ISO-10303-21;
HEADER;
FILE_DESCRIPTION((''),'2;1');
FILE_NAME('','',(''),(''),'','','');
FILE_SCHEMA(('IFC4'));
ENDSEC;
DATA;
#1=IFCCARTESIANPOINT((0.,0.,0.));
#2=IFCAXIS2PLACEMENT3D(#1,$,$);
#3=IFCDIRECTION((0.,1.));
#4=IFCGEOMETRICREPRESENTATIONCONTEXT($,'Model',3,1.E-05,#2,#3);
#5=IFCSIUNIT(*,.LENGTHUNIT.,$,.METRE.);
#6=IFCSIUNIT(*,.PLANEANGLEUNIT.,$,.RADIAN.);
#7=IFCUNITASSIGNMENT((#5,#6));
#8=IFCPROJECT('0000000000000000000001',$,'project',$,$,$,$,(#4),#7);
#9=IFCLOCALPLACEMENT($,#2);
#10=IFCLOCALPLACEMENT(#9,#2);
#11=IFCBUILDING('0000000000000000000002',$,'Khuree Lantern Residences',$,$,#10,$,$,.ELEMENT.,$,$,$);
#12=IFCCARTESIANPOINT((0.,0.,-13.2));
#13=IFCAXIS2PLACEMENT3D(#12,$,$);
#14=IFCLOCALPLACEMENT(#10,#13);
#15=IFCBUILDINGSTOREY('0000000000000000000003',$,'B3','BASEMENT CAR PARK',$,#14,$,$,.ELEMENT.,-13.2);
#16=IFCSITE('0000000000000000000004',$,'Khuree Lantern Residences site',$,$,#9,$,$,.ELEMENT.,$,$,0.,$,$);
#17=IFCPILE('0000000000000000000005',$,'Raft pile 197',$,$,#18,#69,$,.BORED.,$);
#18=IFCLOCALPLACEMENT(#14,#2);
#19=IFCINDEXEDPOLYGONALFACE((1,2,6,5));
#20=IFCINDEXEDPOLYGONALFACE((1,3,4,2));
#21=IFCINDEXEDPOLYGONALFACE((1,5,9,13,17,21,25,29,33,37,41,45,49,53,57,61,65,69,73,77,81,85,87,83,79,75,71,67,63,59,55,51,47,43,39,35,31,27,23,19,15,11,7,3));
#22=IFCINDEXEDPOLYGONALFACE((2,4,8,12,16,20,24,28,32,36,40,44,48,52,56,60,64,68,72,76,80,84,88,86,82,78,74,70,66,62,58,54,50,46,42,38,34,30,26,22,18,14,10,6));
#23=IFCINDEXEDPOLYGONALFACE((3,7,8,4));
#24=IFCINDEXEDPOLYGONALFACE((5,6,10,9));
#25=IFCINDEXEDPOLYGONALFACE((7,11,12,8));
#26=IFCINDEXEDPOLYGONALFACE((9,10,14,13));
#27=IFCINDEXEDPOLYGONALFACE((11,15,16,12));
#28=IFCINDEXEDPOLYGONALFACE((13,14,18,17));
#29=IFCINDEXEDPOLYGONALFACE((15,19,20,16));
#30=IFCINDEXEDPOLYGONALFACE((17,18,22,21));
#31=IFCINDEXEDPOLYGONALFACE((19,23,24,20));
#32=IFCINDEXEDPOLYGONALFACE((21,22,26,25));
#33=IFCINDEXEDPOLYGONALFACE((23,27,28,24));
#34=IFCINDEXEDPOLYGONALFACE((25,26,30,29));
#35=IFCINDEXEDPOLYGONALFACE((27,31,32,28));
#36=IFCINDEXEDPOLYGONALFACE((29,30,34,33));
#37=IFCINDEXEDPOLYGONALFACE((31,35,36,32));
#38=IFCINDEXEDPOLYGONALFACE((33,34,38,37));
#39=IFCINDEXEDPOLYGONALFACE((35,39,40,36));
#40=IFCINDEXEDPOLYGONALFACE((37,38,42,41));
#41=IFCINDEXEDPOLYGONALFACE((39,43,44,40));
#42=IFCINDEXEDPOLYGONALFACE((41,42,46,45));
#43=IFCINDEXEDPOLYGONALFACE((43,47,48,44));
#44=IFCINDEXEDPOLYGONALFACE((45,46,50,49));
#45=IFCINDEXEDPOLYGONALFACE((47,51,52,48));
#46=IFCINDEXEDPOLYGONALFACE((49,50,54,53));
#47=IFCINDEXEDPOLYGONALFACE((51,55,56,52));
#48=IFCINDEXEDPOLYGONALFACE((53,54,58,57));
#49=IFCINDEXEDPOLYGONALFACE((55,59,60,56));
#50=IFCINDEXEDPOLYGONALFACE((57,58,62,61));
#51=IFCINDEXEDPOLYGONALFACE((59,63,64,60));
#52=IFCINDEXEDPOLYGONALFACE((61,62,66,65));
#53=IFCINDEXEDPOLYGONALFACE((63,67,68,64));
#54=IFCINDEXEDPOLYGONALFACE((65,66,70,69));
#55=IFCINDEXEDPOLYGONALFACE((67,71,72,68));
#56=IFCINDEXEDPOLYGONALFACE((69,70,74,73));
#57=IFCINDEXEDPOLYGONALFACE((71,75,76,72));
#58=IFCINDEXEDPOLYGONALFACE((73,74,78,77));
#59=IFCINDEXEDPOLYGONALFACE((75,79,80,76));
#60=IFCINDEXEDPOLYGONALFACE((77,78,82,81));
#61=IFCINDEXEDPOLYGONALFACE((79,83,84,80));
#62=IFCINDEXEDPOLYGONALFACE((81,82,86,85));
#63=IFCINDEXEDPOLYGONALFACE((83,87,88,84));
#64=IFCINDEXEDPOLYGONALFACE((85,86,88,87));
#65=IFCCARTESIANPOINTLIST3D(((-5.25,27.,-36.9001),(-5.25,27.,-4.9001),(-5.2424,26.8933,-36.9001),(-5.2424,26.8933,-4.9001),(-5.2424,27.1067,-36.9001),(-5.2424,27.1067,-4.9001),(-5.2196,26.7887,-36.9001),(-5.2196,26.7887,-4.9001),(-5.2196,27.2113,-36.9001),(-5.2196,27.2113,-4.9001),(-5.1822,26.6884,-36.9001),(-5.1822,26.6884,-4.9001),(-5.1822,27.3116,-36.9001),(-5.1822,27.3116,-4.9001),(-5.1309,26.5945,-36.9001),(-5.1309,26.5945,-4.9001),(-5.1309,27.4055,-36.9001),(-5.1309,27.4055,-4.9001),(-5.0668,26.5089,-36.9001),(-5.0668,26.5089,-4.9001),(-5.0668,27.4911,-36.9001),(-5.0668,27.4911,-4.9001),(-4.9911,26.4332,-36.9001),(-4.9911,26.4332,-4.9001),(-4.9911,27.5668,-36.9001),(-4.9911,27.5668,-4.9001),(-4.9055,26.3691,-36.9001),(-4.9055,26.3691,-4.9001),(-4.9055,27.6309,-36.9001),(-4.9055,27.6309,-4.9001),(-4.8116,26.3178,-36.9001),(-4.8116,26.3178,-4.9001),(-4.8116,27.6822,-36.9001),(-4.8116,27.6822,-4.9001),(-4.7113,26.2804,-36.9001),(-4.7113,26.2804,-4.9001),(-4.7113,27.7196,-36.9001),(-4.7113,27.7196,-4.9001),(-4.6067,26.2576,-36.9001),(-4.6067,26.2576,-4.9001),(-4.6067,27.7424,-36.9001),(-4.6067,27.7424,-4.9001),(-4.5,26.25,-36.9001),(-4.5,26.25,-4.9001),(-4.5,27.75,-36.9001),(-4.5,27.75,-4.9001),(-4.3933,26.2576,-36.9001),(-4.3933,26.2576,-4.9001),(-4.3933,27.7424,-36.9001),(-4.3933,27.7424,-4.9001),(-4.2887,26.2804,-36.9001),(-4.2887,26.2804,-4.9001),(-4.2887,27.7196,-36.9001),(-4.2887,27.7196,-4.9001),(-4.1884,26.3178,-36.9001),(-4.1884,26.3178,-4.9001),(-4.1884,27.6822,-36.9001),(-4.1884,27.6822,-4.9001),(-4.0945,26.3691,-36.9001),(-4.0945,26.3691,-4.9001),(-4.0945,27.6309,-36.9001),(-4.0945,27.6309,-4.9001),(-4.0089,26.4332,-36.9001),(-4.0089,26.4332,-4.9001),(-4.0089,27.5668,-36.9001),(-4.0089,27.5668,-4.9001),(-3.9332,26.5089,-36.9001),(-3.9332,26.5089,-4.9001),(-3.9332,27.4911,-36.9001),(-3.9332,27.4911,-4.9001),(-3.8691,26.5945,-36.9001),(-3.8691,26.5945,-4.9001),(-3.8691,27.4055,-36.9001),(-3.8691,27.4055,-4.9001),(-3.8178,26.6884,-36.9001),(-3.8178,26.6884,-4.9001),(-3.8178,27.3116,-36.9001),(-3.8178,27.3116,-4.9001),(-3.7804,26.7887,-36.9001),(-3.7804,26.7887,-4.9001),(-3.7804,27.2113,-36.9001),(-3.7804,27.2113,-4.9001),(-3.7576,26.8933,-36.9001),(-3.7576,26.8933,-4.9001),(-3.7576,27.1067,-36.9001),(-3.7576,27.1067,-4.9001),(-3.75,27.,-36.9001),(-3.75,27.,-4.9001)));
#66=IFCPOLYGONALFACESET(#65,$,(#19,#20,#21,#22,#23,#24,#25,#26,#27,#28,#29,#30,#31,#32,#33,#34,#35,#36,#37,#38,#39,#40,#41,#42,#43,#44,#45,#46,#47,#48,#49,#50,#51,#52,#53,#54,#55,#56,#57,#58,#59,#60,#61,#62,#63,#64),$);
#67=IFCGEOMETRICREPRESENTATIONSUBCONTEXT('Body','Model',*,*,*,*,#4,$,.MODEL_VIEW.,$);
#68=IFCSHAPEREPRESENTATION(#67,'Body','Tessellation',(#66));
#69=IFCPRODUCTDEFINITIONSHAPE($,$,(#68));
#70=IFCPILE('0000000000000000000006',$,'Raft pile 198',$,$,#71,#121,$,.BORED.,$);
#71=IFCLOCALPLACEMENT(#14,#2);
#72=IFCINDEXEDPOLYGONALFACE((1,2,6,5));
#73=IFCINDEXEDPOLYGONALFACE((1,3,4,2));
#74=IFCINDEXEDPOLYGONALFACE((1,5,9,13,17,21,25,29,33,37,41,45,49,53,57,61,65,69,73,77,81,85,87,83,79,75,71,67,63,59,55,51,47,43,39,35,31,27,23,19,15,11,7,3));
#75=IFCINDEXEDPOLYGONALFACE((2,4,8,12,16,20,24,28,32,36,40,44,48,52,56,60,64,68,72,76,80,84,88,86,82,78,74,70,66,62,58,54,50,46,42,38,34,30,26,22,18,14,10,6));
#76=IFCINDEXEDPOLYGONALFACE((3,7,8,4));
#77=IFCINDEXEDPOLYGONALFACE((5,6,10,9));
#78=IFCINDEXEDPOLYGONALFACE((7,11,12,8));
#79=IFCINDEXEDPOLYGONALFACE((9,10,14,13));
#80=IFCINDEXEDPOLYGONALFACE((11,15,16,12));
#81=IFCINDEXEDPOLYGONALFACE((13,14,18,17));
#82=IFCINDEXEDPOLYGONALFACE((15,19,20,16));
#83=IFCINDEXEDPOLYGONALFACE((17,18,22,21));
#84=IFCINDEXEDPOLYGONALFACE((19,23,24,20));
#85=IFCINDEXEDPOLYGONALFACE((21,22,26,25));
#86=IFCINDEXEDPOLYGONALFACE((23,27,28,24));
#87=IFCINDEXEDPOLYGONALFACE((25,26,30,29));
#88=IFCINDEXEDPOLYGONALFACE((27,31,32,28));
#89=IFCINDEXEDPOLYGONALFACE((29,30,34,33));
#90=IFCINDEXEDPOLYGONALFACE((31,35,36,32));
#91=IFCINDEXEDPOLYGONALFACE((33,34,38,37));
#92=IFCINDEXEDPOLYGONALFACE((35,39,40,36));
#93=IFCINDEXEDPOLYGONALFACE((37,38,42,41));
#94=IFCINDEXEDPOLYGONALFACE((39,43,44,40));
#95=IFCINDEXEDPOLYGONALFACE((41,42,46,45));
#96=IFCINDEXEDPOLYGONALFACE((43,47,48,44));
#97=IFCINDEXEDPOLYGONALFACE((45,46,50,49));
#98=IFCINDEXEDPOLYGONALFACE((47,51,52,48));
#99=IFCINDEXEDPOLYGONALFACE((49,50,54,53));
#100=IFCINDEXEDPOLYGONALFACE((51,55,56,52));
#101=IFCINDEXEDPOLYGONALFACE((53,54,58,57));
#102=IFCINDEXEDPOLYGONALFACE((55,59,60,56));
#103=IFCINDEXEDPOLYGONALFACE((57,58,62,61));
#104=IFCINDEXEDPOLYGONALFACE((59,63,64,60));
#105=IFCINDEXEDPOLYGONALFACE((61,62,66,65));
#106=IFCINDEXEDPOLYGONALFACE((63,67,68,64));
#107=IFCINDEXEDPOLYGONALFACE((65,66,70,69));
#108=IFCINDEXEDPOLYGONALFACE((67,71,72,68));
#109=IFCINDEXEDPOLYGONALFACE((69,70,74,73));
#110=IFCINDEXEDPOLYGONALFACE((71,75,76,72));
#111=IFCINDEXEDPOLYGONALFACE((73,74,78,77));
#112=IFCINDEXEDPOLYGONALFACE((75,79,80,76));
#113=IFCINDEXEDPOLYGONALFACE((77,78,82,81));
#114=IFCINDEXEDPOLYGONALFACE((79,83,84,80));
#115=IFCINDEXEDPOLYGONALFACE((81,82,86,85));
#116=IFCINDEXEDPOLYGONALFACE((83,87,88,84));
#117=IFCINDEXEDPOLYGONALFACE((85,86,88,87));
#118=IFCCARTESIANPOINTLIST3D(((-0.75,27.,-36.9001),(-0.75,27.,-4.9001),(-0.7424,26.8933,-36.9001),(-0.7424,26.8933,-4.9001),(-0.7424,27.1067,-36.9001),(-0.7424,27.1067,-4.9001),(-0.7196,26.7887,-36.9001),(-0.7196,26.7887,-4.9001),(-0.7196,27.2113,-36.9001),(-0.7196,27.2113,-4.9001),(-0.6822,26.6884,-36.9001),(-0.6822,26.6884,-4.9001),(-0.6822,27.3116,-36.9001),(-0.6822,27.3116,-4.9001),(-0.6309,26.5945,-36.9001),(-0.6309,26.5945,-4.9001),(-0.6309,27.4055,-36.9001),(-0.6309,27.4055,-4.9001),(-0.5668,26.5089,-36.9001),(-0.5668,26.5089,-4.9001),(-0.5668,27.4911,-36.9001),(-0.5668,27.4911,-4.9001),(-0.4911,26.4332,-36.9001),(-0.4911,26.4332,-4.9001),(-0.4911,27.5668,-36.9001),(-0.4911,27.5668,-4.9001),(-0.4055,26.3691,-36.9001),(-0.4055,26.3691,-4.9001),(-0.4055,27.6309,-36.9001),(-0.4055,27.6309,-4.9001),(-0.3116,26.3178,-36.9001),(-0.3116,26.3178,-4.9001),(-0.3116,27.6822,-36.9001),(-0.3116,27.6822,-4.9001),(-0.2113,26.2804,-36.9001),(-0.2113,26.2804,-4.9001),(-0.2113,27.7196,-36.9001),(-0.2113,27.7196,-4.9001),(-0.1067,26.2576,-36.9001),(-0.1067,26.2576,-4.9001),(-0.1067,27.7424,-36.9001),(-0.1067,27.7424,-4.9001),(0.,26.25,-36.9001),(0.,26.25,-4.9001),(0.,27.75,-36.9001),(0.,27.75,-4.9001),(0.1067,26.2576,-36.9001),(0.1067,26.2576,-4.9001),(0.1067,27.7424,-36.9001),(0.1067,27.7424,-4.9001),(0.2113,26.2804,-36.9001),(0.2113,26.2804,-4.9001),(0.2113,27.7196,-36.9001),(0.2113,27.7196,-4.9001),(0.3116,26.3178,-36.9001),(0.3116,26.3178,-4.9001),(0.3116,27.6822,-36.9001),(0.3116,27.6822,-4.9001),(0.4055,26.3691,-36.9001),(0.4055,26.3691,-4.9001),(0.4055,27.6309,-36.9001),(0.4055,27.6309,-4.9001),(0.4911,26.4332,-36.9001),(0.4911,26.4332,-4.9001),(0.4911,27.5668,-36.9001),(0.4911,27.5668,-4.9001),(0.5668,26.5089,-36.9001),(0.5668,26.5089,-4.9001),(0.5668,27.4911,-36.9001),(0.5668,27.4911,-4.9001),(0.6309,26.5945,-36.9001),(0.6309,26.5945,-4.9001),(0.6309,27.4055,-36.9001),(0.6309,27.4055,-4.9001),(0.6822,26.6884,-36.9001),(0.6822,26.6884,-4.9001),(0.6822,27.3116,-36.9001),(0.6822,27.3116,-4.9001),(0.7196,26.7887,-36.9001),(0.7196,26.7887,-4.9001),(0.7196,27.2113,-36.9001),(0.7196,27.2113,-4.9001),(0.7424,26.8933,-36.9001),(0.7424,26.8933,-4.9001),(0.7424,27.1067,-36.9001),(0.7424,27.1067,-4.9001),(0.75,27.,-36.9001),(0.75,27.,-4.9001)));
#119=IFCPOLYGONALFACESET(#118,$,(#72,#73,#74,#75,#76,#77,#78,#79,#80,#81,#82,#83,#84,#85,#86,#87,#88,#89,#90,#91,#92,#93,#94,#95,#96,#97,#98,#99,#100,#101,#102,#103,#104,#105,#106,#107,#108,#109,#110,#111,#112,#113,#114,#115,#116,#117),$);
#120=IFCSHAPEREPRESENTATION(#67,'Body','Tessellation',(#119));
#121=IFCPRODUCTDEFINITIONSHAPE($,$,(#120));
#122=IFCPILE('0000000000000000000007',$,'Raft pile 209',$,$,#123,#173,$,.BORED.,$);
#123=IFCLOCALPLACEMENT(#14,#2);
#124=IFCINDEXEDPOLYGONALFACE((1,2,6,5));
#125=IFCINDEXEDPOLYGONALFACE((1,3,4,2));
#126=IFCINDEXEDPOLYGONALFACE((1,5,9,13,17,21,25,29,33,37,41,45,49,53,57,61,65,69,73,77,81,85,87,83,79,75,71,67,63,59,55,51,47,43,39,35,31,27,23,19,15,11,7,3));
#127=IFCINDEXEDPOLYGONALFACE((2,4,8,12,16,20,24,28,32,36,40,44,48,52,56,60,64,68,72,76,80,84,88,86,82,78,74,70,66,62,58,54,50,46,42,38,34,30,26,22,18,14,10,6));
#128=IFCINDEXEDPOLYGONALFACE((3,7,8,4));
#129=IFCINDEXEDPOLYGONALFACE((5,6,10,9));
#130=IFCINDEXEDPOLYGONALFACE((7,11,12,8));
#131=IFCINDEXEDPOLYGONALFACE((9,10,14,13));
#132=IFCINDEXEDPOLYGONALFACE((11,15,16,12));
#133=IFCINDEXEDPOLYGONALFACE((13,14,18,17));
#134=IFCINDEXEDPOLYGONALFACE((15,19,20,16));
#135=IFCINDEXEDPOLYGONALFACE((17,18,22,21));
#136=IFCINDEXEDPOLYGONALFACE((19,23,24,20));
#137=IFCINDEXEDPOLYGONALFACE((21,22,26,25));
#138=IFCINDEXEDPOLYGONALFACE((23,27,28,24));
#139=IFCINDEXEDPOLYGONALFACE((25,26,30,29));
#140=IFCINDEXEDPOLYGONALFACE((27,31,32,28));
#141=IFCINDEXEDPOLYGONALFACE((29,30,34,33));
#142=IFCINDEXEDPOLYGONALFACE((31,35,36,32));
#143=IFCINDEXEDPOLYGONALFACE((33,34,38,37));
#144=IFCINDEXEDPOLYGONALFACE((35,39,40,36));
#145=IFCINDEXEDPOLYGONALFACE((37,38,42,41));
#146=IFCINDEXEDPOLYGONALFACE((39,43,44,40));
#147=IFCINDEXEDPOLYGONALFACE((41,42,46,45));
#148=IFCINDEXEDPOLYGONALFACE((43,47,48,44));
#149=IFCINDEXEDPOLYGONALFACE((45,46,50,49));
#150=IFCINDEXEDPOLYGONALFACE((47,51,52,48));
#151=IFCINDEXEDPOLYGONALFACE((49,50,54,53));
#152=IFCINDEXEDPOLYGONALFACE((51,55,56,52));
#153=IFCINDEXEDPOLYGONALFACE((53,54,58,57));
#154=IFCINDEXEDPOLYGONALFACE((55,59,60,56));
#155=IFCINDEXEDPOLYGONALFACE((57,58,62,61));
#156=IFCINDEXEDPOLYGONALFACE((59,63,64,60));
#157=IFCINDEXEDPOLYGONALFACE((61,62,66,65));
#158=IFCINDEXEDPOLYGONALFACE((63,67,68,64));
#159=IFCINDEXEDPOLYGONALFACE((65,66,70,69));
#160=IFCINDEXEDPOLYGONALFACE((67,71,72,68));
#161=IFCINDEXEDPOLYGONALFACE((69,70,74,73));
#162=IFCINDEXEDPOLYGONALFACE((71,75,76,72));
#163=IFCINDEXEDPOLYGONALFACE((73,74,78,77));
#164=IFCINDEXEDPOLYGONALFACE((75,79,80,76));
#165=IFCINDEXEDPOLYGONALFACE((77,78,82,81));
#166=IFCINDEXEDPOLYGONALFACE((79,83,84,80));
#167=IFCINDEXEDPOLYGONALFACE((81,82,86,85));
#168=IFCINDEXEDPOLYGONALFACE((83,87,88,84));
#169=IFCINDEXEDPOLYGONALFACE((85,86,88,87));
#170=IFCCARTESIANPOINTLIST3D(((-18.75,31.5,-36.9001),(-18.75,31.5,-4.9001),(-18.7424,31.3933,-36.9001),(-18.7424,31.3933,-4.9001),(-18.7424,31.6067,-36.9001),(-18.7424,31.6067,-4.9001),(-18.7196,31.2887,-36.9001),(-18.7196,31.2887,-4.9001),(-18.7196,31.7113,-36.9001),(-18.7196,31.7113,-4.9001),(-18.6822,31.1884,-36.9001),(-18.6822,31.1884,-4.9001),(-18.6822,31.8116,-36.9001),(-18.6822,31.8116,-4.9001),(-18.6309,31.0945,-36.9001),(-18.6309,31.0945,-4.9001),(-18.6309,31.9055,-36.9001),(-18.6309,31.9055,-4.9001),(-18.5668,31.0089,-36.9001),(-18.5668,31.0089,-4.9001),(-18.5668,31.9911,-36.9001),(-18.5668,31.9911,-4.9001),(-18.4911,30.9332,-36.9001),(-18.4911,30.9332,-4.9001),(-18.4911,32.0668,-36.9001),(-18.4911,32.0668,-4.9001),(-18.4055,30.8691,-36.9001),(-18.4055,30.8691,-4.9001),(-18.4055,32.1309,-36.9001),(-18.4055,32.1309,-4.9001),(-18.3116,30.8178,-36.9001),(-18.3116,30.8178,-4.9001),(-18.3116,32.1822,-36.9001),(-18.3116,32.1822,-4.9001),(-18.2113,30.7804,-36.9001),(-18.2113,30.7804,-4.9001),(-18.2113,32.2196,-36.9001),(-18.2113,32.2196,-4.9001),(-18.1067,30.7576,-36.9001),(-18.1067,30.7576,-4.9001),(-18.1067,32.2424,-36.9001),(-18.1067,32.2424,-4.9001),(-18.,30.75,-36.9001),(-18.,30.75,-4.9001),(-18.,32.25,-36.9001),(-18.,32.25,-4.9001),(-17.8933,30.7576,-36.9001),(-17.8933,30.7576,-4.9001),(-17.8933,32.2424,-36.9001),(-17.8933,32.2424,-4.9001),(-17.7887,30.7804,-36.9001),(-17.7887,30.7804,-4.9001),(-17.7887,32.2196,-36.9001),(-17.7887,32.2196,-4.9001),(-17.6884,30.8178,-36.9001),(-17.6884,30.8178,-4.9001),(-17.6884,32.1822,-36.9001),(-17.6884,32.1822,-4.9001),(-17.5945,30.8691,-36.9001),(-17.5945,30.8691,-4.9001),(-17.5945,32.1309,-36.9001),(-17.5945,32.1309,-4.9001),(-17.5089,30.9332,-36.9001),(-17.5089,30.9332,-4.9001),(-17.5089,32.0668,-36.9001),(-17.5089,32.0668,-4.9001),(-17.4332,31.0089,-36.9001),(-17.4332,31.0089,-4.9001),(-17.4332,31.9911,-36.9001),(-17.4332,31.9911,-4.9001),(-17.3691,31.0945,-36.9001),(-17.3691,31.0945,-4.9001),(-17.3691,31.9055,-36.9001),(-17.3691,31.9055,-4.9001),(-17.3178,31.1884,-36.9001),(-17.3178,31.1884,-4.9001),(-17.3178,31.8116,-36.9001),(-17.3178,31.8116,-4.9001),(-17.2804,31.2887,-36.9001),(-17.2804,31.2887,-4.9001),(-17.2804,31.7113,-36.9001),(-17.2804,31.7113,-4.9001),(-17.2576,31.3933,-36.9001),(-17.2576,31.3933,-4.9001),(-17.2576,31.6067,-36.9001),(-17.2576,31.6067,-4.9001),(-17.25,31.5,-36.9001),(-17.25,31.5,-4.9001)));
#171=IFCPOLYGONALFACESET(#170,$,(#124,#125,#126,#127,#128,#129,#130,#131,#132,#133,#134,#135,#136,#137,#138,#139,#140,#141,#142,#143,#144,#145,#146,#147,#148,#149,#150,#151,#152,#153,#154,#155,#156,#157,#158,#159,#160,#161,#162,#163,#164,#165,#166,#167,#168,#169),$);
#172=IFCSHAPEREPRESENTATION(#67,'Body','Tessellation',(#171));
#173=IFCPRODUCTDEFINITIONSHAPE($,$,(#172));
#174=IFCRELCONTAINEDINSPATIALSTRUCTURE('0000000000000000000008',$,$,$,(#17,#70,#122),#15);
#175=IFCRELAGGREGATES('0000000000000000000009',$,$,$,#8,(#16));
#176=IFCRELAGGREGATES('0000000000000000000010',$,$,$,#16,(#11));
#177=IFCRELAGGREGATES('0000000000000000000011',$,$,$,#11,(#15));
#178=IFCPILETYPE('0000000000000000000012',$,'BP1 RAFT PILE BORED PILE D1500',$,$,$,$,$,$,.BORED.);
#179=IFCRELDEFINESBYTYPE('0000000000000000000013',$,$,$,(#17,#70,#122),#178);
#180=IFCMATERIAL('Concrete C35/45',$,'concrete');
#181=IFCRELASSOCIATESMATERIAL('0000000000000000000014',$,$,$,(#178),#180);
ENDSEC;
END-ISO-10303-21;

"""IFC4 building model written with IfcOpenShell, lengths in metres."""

from ifc_helpers import new_model, si_unit, direction, frame, origin, origin_2d, place, context, subcontext, project, spatial, circle, extrude, material, material_profile, profile_set, type_object, element, save


model = new_model("IFC4")

# Units and contexts
model_context = context("Model", 3, precision=1e-05, world=origin(), true_north=direction((0.0, 1.0)))
body_context = subcontext(model_context, "Body", "Model", "MODEL_VIEW")
ifc_project = project(units=[si_unit("LENGTHUNIT", "METRE"), si_unit("PLANEANGLEUNIT", "RADIAN")], contexts=[model_context])

# Site, building, storey
site_placement = place(None, origin())
site = spatial("IfcSite", under=ifc_project, at=site_placement, Name="Khuree Lantern Residences site", CompositionType="ELEMENT", RefElevation=0.0)
building_placement = place(site_placement, origin())
building = spatial("IfcBuilding", under=site, at=building_placement, Name="Khuree Lantern Residences", CompositionType="ELEMENT")
storey_placement = place(building_placement, frame((0.0, 0.0, -13.2)))
storey = spatial("IfcBuildingStorey", under=building, at=storey_placement, Name="B3", Description="BASEMENT CAR PARK", CompositionType="ELEMENT", Elevation=-13.2)

# Piles
ifc_material_1 = material(Name="Concrete C35/45", Category="concrete")
ifc_material_profile_1 = material_profile(ifc_material_1, circle(Radius=0.75, at=origin_2d()), Name="BORED PILE D1500")
ifc_profile_set_1 = profile_set([ifc_material_profile_1], Name="Concrete C35/45")
pile_type_1 = type_object("IfcPileType", Name="BP1 RAFT PILE BORED PILE D1500", PredefinedType="BORED", material=ifc_profile_set_1)
for number, where, z_axis, x_axis, name in (
    (1, (-4.5, 27.0, -4.9001), (0.0, 0.0, -1.0), (1.0, 0.0, 0.0), "Raft pile 197"),
    (2, (0.0, 27.0, -4.9001), (0.0, 0.0, -1.0), (1.0, 0.0, 0.0), "Raft pile 198"),
    (3, (-18.0, 31.5, -4.9001), (0.0, 0.0, -1.0), (1.0, 0.0, 0.0), "Raft pile 209"),
):
    element("IfcPile", number, at=place(storey_placement, frame(where, z_axis=z_axis, x_axis=x_axis)), inside=storey, type_object=pile_type_1, Name=name, PredefinedType="BORED", context=body_context, shape_type="SweptSolid", body=[
        extrude(circle(Radius=0.75, at=origin_2d()), origin(), (0.0, 0.0, 1.0), 32.0),
    ])

save(model, "model.ifc")
